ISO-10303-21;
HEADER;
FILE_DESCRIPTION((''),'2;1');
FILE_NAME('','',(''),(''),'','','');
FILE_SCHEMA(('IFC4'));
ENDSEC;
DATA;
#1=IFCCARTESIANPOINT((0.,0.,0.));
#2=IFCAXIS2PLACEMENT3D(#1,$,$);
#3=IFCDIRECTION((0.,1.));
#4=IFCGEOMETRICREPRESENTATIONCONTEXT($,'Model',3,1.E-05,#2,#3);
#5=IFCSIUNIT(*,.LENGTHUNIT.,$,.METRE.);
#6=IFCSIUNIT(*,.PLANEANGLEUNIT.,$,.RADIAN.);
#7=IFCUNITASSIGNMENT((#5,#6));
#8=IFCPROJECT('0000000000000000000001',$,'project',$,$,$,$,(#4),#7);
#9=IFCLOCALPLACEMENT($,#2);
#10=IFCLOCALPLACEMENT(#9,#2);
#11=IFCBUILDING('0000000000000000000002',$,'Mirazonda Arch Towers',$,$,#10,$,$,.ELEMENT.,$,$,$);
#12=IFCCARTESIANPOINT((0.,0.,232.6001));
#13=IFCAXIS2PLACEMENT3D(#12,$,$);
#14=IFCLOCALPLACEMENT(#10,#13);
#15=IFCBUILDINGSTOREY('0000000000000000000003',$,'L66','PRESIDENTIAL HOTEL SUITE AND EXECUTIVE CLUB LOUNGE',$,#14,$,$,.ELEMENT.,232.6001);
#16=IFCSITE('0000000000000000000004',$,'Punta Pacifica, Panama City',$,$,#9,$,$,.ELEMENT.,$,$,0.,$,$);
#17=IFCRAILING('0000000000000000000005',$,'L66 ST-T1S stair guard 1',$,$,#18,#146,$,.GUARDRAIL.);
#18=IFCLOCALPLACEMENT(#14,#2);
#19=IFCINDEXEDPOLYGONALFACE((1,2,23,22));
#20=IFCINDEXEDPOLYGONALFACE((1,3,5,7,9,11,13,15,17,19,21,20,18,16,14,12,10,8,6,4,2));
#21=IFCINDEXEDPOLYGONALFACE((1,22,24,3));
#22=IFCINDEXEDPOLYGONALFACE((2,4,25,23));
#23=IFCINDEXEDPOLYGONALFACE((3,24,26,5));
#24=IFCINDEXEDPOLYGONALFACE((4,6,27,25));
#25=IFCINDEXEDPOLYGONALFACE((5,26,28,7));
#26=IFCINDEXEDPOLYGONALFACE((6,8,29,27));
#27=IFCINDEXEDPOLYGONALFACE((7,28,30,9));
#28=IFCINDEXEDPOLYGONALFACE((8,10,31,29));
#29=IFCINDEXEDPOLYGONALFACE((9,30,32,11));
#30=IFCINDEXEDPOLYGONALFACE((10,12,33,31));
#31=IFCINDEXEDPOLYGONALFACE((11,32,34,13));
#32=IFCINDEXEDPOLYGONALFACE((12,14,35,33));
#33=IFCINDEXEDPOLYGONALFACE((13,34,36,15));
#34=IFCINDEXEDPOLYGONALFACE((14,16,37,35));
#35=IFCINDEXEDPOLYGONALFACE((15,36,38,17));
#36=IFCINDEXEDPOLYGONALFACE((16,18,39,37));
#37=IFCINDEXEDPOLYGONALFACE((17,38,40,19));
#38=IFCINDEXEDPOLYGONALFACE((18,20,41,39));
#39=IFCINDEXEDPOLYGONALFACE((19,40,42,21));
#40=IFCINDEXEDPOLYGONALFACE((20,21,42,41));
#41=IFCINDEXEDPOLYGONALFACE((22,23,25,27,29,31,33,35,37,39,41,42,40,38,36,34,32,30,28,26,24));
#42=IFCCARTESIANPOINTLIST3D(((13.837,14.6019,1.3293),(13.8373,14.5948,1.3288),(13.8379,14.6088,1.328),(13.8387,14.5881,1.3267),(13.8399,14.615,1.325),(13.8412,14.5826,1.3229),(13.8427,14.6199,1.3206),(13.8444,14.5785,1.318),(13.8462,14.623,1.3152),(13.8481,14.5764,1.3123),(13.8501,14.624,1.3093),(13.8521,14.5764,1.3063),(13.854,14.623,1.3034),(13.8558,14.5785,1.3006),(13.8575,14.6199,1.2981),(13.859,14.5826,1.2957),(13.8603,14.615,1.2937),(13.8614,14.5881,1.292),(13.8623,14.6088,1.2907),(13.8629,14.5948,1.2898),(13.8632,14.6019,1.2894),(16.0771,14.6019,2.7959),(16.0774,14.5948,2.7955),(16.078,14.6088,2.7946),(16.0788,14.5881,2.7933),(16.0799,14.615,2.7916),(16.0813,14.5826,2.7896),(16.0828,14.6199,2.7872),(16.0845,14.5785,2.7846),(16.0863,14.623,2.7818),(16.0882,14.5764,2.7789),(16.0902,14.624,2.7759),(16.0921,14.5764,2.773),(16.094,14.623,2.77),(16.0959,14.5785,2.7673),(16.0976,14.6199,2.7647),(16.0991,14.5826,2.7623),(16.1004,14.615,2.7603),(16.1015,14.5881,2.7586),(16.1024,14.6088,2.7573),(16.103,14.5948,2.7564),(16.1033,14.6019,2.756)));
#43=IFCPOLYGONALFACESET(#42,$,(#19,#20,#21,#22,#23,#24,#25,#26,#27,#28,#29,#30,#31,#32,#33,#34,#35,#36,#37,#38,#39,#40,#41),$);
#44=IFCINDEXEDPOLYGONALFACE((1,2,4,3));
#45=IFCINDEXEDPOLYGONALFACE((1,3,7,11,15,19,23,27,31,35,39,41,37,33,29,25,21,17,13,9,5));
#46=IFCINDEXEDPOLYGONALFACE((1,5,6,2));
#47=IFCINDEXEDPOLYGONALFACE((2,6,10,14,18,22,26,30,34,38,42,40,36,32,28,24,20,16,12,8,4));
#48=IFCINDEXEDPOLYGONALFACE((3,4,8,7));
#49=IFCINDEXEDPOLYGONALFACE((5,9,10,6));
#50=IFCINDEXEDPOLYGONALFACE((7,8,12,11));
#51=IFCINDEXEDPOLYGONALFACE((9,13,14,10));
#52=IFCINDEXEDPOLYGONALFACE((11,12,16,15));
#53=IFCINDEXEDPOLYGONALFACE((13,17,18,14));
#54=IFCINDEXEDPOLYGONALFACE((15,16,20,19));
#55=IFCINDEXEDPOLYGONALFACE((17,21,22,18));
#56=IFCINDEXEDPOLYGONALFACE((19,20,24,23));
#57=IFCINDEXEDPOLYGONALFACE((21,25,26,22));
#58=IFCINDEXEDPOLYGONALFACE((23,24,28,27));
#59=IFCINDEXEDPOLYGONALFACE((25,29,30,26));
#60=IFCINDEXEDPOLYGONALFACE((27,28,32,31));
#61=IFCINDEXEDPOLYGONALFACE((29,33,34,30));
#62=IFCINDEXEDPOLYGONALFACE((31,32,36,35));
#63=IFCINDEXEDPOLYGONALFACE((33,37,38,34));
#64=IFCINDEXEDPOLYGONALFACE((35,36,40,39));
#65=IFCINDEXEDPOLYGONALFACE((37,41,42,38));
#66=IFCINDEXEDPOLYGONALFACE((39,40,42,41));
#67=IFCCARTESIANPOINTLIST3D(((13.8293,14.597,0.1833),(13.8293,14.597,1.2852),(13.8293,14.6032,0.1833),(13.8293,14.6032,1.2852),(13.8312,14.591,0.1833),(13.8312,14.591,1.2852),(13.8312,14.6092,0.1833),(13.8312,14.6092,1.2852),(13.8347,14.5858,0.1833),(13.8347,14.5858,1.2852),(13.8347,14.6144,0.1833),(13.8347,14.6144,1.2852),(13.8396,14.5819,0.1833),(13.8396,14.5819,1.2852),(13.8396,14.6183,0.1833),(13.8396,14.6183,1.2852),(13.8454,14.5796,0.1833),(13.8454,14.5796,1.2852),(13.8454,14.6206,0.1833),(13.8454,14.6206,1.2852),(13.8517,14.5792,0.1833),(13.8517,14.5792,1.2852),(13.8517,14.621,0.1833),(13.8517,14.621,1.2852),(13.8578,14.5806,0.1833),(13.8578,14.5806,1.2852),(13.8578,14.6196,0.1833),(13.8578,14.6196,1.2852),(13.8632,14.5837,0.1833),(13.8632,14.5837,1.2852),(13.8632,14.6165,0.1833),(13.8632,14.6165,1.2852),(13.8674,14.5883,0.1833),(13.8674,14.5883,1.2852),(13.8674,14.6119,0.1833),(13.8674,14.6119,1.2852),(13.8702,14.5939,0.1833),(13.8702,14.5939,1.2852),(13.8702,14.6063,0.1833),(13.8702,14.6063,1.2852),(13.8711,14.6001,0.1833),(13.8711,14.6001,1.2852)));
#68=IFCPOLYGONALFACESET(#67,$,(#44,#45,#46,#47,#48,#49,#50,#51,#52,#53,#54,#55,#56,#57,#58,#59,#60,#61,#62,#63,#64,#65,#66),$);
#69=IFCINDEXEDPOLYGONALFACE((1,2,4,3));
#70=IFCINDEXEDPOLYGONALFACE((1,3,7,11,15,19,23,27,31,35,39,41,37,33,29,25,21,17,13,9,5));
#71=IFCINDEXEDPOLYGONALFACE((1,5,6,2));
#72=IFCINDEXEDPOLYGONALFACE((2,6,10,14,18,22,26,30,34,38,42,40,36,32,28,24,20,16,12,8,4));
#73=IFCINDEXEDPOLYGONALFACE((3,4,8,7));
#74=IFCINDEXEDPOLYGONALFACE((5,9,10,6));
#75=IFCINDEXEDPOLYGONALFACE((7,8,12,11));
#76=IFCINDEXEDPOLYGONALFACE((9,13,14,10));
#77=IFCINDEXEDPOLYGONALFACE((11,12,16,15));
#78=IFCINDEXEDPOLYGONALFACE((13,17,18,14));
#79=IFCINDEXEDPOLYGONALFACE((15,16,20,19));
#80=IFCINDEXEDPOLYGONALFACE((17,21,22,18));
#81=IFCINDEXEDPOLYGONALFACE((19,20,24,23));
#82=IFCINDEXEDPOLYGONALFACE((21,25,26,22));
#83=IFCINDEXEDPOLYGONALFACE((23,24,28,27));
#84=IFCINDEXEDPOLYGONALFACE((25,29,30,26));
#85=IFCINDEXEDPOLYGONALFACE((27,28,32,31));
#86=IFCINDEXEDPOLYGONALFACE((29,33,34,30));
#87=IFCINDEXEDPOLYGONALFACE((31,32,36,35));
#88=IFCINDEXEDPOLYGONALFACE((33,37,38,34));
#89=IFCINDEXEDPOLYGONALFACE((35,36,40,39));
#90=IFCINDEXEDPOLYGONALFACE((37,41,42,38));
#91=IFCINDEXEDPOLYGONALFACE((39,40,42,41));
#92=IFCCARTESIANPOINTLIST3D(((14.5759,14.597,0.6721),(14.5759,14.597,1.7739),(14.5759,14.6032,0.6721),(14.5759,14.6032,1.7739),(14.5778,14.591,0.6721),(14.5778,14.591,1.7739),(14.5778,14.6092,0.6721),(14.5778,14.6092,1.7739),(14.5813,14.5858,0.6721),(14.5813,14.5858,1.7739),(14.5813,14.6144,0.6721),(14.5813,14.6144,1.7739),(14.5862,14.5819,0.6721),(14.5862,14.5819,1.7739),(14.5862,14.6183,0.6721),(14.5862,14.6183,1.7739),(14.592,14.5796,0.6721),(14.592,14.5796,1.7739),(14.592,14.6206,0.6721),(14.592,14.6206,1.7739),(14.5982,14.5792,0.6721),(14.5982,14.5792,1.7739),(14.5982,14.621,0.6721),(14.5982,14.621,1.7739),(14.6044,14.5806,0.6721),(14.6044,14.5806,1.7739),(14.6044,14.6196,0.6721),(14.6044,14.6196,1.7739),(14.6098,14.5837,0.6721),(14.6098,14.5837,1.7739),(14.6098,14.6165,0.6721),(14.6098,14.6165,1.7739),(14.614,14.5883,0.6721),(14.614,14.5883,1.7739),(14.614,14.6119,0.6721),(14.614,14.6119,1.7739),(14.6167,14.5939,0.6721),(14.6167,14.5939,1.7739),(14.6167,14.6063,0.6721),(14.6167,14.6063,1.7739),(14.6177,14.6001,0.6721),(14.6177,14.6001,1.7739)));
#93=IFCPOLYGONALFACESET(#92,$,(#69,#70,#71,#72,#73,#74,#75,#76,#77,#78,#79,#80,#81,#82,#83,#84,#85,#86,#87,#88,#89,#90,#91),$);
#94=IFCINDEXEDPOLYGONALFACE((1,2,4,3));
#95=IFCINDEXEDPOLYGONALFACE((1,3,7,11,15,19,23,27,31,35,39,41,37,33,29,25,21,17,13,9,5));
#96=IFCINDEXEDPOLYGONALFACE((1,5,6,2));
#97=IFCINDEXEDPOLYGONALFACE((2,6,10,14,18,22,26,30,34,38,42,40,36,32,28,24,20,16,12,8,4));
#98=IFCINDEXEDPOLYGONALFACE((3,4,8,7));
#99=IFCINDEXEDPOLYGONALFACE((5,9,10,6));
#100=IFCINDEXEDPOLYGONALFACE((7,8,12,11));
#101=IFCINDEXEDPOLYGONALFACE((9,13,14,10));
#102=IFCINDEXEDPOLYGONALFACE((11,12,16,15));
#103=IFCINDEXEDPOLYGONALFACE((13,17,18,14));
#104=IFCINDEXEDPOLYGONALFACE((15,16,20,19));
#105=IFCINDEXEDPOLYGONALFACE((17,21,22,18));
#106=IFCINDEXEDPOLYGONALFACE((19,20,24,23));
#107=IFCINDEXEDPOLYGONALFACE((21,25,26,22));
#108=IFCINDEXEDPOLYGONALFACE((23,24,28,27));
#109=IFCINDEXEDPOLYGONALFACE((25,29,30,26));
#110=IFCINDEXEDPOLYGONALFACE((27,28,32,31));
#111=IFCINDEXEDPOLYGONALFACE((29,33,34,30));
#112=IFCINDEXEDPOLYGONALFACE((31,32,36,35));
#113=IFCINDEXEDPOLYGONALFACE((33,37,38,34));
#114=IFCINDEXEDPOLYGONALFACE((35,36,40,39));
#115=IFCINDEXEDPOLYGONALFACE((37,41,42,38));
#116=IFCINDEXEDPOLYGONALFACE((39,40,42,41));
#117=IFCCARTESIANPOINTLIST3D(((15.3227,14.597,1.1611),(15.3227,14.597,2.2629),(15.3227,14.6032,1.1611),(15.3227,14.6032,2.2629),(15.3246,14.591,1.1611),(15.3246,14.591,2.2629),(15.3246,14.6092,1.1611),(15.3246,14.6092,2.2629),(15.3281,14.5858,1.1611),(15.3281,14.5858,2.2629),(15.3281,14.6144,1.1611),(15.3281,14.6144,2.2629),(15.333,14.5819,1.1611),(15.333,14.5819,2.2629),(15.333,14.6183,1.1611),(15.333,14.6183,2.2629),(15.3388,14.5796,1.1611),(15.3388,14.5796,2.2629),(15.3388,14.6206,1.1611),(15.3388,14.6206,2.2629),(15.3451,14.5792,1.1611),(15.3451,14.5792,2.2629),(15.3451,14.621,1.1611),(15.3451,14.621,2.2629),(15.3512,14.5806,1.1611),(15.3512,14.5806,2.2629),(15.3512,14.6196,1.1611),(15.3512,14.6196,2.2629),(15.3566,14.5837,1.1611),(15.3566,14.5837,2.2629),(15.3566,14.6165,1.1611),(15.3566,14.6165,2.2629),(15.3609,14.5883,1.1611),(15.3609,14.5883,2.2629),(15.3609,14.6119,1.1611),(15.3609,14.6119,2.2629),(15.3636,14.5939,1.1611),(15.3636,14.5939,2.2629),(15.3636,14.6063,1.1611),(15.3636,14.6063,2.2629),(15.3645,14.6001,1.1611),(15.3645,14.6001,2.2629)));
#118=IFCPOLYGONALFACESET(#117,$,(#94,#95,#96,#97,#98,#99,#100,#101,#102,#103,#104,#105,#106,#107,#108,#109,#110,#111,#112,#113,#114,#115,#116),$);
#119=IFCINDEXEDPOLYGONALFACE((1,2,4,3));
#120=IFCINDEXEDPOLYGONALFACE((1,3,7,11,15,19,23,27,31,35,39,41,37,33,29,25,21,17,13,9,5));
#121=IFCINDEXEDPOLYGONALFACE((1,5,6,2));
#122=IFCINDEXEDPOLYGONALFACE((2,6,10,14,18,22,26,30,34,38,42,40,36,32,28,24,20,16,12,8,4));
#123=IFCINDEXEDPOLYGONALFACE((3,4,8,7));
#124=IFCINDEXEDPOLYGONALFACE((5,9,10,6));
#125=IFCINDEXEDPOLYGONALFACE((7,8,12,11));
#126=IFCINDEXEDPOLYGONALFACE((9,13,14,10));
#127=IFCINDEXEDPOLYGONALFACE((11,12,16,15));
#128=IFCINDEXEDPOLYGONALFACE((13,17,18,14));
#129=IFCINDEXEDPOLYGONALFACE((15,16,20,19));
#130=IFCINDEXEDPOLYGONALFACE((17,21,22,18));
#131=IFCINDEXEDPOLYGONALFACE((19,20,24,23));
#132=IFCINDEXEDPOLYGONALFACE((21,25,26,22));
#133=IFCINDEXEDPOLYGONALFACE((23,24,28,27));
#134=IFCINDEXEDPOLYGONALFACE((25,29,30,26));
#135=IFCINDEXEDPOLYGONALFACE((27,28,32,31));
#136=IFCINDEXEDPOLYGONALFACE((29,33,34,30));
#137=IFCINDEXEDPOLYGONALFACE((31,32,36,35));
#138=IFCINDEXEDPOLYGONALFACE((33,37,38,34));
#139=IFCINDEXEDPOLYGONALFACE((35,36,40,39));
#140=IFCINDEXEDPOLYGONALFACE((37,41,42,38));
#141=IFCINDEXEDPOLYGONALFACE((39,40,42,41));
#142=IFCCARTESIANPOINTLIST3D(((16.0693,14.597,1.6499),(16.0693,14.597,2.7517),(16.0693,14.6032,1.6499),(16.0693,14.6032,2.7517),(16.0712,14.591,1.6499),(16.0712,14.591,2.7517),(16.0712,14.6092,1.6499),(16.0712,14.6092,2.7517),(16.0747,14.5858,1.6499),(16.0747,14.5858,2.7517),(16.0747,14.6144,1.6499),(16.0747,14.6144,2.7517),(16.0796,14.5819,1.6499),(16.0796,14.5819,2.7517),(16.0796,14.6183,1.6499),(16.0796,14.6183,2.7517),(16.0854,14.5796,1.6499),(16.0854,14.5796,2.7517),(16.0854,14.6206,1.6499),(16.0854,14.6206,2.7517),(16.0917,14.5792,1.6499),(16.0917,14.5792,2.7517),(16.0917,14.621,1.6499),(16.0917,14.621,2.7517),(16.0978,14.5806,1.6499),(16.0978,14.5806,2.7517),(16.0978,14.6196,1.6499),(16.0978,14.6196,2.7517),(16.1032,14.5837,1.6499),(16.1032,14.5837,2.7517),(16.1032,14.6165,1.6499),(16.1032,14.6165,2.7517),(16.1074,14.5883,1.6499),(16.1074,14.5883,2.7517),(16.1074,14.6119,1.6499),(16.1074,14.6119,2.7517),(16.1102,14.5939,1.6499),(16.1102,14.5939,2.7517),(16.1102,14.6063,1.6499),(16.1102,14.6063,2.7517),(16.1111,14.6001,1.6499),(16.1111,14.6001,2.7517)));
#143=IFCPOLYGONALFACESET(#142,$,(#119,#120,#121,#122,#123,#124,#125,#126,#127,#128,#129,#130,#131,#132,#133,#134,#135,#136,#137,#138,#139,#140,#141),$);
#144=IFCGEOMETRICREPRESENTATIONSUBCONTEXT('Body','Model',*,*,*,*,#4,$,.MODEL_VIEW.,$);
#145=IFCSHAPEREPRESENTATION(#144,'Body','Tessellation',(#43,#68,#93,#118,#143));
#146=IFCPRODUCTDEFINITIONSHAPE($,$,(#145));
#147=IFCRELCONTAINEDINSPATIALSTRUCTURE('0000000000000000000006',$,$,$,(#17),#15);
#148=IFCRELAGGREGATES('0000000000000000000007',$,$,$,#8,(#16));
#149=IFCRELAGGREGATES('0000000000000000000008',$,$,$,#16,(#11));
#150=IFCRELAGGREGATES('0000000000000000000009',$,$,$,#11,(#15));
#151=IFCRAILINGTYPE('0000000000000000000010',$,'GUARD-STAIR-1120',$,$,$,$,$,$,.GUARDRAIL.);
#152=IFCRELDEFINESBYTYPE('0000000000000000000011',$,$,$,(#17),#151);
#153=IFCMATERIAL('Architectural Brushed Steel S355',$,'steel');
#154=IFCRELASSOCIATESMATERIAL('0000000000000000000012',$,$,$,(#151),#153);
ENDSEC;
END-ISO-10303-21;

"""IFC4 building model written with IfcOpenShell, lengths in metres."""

from ifc_helpers import new_model, si_unit, direction, frame, origin, origin_2d, place, context, subcontext, project, spatial, circle, extrude, material, type_object, element, save


model = new_model("IFC4")

# Units and contexts
model_context = context("Model", 3, precision=1e-05, world=origin(), true_north=direction((0.0, 1.0)))
body_context = subcontext(model_context, "Body", "Model", "MODEL_VIEW")
ifc_project = project(units=[si_unit("LENGTHUNIT", "METRE"), si_unit("PLANEANGLEUNIT", "RADIAN")], contexts=[model_context])

# Site, building, storey
site_placement = place(None, origin())
site = spatial("IfcSite", under=ifc_project, at=site_placement, Name="Punta Pacifica, Panama City", CompositionType="ELEMENT", RefElevation=0.0)
building_placement = place(site_placement, origin())
building = spatial("IfcBuilding", under=site, at=building_placement, Name="Mirazonda Arch Towers", CompositionType="ELEMENT")
storey_placement = place(building_placement, frame((0.0, 0.0, 232.6001)))
storey = spatial("IfcBuildingStorey", under=building, at=storey_placement, Name="L66", Description="PRESIDENTIAL HOTEL SUITE AND EXECUTIVE CLUB LOUNGE", CompositionType="ELEMENT", Elevation=232.6001)

# Shared definitions
ifc_material_1 = material(Name="Architectural Brushed Steel S355", Category="steel")

# Railing
railing_type_1 = type_object("IfcRailingType", Name="GUARD-STAIR-1120", PredefinedType="GUARDRAIL", material=ifc_material_1)
railing_1_placement = place(storey_placement, frame((13.8501, 14.6001, 0.1833)))
element("IfcRailing", 1, at=railing_1_placement, inside=storey, type_object=railing_type_1, Name="L66 ST-T1S stair guard 1", PredefinedType="GUARDRAIL", context=body_context, shape_type="SweptSolid", body=[
    extrude(circle(Radius=0.0239, at=origin_2d()), frame((0.0, 0.0, 1.126), z_axis=(0.836637, 0.0, 0.547758), x_axis=(0.0, 1.0, 0.0)), (0.0, 0.0, 1.0), 2.6775),
    extrude(circle(Radius=0.021, at=origin_2d()), origin(), (0.0, 0.0, 1.0), 1.1018),
    extrude(circle(Radius=0.021, at=origin_2d()), frame((0.7466, 0.0, 0.4888)), (0.0, 0.0, 1.0), 1.1018),
    extrude(circle(Radius=0.021, at=origin_2d()), frame((1.4934, 0.0, 0.9778)), (0.0, 0.0, 1.0), 1.1018),
    extrude(circle(Radius=0.021, at=origin_2d()), frame((2.24, 0.0, 1.4666)), (0.0, 0.0, 1.0), 1.1018),
])

save(model, "model.ifc")
